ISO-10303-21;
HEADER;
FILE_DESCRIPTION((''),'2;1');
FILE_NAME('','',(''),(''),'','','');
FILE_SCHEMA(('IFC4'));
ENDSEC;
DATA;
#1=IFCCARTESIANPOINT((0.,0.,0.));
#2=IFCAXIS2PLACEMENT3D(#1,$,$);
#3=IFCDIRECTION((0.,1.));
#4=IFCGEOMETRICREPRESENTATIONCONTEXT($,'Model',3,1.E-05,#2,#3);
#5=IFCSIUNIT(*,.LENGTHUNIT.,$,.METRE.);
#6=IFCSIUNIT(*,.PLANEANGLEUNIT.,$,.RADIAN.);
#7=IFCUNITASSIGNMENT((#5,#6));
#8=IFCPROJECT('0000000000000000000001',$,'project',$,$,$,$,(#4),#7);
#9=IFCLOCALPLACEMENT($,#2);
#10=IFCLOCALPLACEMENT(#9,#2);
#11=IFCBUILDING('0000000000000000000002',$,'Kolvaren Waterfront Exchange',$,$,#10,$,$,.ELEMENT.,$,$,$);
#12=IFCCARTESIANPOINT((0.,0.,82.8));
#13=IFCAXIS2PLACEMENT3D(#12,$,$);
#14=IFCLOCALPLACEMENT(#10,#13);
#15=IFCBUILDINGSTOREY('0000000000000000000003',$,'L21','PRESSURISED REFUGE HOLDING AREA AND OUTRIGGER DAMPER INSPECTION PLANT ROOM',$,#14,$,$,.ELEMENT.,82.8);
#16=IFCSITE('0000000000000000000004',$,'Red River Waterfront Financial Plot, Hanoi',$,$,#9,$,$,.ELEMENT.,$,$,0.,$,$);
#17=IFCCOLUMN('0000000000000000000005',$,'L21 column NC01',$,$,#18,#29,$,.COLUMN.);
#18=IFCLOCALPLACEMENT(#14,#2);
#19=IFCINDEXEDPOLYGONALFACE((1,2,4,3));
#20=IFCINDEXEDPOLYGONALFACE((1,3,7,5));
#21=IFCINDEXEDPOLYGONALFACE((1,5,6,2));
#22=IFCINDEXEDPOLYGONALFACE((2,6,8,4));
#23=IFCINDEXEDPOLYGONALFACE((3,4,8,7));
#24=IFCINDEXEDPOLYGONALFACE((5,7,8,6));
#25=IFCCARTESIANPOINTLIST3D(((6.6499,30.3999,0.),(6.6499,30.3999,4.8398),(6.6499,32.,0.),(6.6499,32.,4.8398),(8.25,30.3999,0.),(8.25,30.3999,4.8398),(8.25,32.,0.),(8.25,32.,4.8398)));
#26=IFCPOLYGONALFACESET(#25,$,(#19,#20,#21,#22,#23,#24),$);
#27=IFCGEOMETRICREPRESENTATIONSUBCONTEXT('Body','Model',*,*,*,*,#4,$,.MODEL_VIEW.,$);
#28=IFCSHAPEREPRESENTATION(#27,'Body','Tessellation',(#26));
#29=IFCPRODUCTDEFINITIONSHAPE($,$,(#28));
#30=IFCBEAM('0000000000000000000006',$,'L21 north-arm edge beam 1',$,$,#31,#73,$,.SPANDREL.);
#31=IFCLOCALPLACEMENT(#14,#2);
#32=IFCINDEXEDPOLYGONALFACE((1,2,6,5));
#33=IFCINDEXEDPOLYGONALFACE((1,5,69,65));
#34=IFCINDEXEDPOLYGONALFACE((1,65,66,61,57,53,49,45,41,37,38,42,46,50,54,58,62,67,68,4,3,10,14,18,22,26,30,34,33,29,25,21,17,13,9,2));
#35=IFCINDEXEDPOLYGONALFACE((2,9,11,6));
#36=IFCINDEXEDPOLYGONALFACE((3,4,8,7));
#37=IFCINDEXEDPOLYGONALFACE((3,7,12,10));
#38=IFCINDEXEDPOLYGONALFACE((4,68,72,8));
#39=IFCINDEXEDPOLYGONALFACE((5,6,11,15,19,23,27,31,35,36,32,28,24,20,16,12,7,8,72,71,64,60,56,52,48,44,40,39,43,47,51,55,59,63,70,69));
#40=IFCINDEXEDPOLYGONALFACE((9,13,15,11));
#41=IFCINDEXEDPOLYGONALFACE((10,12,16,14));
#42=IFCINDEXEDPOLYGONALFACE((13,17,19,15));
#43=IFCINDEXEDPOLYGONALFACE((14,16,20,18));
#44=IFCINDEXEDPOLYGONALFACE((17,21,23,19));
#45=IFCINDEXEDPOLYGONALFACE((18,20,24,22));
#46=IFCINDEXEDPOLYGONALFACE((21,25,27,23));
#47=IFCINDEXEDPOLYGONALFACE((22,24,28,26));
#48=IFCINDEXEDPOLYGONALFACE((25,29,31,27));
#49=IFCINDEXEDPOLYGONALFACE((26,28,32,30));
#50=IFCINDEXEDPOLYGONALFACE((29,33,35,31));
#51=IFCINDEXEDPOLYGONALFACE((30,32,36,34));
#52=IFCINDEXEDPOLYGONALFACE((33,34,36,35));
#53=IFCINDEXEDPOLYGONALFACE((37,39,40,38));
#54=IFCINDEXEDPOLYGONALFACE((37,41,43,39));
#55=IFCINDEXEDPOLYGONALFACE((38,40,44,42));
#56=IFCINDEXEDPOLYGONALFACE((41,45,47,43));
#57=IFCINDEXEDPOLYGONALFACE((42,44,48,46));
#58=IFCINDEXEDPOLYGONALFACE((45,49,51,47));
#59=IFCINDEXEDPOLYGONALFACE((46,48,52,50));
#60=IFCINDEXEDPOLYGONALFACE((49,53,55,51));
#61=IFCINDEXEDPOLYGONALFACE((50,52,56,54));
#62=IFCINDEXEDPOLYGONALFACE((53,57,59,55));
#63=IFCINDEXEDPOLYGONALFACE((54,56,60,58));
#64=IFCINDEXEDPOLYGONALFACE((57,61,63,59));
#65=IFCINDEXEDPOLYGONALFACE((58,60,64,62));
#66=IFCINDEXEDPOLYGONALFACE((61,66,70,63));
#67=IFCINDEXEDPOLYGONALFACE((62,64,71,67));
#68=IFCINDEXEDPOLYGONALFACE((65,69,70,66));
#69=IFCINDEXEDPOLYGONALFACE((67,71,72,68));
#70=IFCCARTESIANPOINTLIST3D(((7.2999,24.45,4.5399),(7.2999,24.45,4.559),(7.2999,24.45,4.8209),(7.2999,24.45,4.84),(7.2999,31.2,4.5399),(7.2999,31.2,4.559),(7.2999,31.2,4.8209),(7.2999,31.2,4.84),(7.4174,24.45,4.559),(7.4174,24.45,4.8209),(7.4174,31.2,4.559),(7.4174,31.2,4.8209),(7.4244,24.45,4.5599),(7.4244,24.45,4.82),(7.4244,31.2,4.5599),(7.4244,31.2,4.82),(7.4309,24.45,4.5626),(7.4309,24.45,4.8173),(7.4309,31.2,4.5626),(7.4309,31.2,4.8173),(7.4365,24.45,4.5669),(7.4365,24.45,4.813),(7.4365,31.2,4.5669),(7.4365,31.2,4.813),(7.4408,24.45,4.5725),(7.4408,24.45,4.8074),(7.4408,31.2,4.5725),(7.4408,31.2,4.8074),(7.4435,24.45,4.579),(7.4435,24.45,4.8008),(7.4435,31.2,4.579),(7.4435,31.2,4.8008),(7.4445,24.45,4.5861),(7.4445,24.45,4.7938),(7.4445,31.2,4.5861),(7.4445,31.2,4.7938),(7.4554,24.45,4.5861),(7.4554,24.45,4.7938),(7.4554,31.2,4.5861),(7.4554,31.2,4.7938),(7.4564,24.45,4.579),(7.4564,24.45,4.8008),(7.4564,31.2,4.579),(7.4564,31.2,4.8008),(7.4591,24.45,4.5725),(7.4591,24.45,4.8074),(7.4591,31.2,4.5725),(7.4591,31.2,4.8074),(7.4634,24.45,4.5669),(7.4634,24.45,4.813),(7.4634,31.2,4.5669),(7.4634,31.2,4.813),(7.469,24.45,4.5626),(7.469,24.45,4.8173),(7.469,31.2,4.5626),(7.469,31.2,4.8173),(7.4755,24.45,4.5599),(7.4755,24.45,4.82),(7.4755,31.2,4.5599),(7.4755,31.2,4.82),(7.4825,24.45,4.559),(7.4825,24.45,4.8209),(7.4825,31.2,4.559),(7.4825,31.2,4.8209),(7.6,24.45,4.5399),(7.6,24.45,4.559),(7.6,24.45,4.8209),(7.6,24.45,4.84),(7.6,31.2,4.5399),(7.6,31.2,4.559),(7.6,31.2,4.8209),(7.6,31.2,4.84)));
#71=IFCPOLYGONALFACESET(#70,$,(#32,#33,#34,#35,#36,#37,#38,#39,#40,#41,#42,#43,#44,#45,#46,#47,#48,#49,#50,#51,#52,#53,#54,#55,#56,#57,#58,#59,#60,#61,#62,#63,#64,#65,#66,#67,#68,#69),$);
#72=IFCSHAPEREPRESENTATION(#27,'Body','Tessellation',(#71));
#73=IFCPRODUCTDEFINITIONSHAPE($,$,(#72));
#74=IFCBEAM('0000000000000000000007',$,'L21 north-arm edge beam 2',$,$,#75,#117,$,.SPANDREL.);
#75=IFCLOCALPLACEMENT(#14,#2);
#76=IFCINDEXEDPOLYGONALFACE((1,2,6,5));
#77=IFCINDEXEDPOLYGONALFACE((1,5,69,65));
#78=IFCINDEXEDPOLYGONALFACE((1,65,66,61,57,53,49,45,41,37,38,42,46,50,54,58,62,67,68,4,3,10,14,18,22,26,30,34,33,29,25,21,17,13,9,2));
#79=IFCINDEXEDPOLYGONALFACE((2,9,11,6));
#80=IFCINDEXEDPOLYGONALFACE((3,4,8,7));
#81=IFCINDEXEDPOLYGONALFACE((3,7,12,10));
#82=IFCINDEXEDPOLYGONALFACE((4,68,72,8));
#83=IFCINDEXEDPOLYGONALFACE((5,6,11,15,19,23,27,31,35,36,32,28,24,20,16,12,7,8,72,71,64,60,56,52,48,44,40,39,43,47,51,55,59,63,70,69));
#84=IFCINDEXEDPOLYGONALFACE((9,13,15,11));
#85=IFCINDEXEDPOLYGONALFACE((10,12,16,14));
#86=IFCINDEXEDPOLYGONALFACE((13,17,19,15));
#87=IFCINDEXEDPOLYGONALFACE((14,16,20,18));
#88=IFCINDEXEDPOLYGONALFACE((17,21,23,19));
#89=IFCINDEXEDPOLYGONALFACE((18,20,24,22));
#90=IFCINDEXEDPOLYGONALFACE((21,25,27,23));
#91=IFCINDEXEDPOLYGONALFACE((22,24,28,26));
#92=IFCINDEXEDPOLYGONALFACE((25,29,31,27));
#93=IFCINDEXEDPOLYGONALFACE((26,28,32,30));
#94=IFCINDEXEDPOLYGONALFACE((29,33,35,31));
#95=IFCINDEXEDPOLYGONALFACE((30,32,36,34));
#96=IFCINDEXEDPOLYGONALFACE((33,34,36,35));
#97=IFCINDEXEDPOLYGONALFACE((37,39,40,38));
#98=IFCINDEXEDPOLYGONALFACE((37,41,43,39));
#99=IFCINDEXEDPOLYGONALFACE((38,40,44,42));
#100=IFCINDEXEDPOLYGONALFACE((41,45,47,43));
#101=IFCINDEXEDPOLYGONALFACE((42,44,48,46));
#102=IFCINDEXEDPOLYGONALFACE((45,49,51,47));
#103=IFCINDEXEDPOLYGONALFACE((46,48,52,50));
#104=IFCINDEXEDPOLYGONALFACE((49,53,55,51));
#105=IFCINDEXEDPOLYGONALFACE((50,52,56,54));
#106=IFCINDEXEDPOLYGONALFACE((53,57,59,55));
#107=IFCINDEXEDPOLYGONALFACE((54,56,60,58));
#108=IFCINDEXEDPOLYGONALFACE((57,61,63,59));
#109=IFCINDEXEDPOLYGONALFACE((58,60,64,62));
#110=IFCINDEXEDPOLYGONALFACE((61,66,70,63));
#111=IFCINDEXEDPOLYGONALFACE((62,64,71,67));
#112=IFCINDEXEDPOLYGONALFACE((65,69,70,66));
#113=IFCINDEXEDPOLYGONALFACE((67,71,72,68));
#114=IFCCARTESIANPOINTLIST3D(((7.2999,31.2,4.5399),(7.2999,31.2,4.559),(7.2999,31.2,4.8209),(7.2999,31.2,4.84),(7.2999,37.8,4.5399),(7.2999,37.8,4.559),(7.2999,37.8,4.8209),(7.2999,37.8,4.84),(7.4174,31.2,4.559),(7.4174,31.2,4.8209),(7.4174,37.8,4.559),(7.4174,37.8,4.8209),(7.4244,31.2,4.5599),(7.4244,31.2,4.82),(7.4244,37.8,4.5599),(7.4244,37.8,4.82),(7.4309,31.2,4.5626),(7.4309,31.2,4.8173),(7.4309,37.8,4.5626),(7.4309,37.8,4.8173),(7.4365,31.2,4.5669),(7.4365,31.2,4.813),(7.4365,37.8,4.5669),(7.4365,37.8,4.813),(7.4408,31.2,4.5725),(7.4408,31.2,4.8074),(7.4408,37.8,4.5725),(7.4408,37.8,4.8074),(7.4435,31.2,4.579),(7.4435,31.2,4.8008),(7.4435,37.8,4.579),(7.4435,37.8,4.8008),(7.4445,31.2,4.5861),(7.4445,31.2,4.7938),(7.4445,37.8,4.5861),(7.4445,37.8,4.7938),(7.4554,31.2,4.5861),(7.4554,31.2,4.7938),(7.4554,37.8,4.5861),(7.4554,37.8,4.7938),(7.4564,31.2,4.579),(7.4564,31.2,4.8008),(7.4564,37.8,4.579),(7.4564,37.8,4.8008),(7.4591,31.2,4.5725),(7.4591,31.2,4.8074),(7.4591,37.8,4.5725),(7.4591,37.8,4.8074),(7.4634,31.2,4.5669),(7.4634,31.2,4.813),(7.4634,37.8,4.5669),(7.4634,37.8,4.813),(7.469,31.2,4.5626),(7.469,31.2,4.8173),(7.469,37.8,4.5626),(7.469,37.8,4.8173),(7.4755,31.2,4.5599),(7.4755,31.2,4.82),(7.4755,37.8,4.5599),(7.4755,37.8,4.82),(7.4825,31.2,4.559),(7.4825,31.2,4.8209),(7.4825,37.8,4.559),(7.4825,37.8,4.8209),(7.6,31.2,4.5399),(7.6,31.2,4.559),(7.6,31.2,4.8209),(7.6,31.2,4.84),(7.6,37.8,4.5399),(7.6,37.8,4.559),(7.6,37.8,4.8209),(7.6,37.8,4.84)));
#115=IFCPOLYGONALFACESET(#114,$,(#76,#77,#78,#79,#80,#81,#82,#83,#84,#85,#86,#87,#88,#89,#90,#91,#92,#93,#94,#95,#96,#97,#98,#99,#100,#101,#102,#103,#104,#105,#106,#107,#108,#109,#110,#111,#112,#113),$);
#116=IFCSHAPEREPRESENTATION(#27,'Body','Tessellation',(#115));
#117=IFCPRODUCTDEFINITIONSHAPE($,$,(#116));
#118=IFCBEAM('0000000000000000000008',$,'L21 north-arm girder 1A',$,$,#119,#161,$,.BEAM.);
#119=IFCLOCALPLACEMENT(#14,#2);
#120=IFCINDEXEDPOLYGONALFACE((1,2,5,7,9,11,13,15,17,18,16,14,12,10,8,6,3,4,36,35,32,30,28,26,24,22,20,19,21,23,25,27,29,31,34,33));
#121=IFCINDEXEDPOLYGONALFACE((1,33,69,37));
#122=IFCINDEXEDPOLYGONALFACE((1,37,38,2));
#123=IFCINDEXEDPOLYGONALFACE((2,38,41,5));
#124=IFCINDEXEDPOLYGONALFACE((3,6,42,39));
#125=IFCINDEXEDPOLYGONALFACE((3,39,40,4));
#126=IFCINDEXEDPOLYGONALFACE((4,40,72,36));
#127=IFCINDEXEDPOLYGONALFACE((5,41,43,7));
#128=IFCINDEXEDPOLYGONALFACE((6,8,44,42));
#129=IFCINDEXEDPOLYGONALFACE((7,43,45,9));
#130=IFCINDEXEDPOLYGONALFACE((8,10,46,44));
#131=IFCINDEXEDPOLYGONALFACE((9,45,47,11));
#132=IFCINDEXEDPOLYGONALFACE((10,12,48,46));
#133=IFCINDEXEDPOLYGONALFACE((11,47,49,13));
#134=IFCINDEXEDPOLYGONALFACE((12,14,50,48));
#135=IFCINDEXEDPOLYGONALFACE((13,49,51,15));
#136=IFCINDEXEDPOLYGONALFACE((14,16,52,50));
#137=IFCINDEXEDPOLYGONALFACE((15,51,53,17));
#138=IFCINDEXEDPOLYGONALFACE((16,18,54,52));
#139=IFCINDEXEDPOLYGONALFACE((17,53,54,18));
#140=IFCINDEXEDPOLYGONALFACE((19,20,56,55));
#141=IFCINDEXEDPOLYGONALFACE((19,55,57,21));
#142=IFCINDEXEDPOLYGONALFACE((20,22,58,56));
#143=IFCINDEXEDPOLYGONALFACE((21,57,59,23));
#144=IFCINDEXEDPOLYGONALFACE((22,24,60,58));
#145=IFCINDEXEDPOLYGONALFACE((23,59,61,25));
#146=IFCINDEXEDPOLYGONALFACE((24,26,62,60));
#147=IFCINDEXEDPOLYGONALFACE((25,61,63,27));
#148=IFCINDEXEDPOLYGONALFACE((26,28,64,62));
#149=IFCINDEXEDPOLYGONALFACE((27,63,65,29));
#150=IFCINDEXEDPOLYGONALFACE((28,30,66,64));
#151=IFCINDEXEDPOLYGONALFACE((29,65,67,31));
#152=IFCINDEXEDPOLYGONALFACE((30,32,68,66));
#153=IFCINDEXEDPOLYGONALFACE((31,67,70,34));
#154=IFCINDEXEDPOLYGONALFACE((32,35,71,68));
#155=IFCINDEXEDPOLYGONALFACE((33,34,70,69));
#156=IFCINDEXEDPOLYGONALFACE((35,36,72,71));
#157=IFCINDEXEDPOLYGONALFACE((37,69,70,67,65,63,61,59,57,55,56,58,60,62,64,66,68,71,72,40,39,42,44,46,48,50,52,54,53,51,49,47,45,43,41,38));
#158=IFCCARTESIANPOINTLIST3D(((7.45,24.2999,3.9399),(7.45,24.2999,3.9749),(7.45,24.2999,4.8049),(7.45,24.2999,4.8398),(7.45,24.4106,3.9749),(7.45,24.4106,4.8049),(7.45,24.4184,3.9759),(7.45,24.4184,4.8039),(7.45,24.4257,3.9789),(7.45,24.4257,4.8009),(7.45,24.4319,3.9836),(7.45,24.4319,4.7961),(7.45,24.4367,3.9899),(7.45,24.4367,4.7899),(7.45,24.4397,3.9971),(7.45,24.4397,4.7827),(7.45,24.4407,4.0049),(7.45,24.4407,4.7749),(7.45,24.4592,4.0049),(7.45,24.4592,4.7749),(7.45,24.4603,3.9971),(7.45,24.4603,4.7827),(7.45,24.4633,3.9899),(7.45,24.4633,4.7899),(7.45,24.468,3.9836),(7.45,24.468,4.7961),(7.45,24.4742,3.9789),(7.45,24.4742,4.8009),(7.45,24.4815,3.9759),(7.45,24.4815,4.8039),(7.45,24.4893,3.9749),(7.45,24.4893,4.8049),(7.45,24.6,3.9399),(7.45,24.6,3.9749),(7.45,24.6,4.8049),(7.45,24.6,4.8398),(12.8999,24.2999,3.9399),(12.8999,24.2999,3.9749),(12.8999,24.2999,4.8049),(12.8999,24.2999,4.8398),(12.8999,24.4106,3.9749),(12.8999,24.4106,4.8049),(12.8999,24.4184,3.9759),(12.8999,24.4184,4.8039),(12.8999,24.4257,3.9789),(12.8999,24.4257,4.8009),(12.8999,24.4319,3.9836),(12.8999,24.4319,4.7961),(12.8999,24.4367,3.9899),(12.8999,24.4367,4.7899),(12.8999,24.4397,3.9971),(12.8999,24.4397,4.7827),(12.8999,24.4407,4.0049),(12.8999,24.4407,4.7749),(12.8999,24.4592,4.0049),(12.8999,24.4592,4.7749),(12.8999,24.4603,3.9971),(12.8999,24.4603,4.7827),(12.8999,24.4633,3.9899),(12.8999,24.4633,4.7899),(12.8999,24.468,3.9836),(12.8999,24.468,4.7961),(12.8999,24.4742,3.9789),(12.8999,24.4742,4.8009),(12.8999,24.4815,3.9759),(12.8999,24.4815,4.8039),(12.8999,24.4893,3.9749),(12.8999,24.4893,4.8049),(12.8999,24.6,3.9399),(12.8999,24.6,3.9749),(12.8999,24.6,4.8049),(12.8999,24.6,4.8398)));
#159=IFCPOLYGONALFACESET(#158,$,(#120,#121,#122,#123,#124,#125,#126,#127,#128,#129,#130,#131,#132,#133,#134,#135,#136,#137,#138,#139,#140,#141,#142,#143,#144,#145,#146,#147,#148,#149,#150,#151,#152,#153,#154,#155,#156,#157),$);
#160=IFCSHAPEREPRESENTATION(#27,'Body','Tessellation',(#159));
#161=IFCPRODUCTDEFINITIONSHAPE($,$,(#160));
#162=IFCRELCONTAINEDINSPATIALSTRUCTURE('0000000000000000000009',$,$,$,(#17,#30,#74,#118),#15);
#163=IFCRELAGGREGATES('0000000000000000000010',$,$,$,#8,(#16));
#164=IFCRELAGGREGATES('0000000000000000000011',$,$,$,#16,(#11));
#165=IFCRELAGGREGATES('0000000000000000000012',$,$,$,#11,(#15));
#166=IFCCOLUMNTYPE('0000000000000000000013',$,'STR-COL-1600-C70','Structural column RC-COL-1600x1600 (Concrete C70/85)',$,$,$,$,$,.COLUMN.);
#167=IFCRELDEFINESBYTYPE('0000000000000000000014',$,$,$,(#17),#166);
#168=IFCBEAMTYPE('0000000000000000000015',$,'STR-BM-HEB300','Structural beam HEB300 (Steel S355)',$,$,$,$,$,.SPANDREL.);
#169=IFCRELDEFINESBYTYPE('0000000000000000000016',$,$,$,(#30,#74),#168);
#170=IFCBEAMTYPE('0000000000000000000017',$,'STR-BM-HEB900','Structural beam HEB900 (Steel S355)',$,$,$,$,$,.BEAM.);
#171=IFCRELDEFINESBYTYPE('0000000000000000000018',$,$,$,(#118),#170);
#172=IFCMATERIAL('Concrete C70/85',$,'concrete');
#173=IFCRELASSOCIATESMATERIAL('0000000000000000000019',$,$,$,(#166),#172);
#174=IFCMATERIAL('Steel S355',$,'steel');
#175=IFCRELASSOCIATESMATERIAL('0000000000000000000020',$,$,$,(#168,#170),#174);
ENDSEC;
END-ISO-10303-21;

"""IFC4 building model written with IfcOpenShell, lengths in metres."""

from ifc_helpers import new_model, si_unit, direction, frame, origin, origin_2d, place, context, subcontext, project, spatial, rectangle, i_section, extrude, material, material_profile, profile_set, type_object, element, save


model = new_model("IFC4")

# Units and contexts
model_context = context("Model", 3, precision=1e-05, world=origin(), true_north=direction((0.0, 1.0)))
body_context = subcontext(model_context, "Body", "Model", "MODEL_VIEW")
ifc_project = project(units=[si_unit("LENGTHUNIT", "METRE"), si_unit("PLANEANGLEUNIT", "RADIAN")], contexts=[model_context])

# Site, building, storey
site_placement = place(None, origin())
site = spatial("IfcSite", under=ifc_project, at=site_placement, Name="Red River Waterfront Financial Plot, Hanoi", CompositionType="ELEMENT", RefElevation=0.0)
building_placement = place(site_placement, origin())
building = spatial("IfcBuilding", under=site, at=building_placement, Name="Kolvaren Waterfront Exchange", CompositionType="ELEMENT")
storey_placement = place(building_placement, frame((0.0, 0.0, 82.8)))
storey = spatial("IfcBuildingStorey", under=building, at=storey_placement, Name="L21", Description="PRESSURISED REFUGE HOLDING AREA AND OUTRIGGER DAMPER INSPECTION PLANT ROOM", CompositionType="ELEMENT", Elevation=82.8)

# Column
ifc_material_1 = material(Name="Concrete C70/85", Category="concrete")
ifc_material_profile_1 = material_profile(ifc_material_1, rectangle(XDim=1.6001, YDim=1.6001, at=origin_2d()), Name="RC-COL-1600x1600")
ifc_profile_set_1 = profile_set([ifc_material_profile_1], Name="Concrete C70/85")
column_type = type_object("IfcColumnType", Name="STR-COL-1600-C70", Description="Structural column RC-COL-1600x1600 (Concrete C70/85)", PredefinedType="COLUMN", material=ifc_profile_set_1)
column_placement = place(storey_placement, frame((7.45, 31.2, 0.0), z_axis=(0.0, 0.0, 1.0), x_axis=(1.0, 0.0, 0.0)))
element("IfcColumn", 1, at=column_placement, inside=storey, type_object=column_type, Name="L21 column NC01", PredefinedType="COLUMN", context=body_context, shape_type="SweptSolid", body=[
    extrude(rectangle(XDim=1.6001, YDim=1.6001, at=origin_2d()), origin(), (0.0, 0.0, 1.0), 4.8398),
])

# Beams
ifc_material_2 = material(Name="Steel S355", Category="steel")
ifc_material_profile_2 = material_profile(ifc_material_2, i_section(OverallWidth=0.3, OverallDepth=0.3, WebThickness=0.011, FlangeThickness=0.019, FilletRadius=0.0271, at=origin_2d()), Name="HEB300")
ifc_profile_set_2 = profile_set([ifc_material_profile_2], Name="Steel S355")
beam_type_1 = type_object("IfcBeamType", Name="STR-BM-HEB300", Description="Structural beam HEB300 (Steel S355)", PredefinedType="SPANDREL", material=ifc_profile_set_2)
beam_1_placement = place(storey_placement, frame((7.45, 24.45, 4.6899), z_axis=(0.0, 1.0, 0.0), x_axis=(-1.0, 0.0, 0.0)))
element("IfcBeam", 2, at=beam_1_placement, inside=storey, type_object=beam_type_1, Name="L21 north-arm edge beam 1", PredefinedType="SPANDREL", context=body_context, shape_type="SweptSolid", body=[
    extrude(i_section(OverallWidth=0.3, OverallDepth=0.3, WebThickness=0.011, FlangeThickness=0.019, FilletRadius=0.0271, at=origin_2d()), origin(), (0.0, 0.0, 1.0), 6.75),
])
beam_2_placement = place(storey_placement, frame((7.45, 31.2, 4.6899), z_axis=(0.0, 1.0, 0.0), x_axis=(-1.0, 0.0, 0.0)))
element("IfcBeam", 3, at=beam_2_placement, inside=storey, type_object=beam_type_1, Name="L21 north-arm edge beam 2", PredefinedType="SPANDREL", context=body_context, shape_type="SweptSolid", body=[
    extrude(i_section(OverallWidth=0.3, OverallDepth=0.3, WebThickness=0.011, FlangeThickness=0.019, FilletRadius=0.0271, at=origin_2d()), origin(), (0.0, 0.0, 1.0), 6.6001),
])
ifc_material_profile_3 = material_profile(ifc_material_2, i_section(OverallWidth=0.3, OverallDepth=0.8999, WebThickness=0.0186, FlangeThickness=0.0349, FilletRadius=0.03, at=origin_2d()), Name="HEB900")
ifc_profile_set_3 = profile_set([ifc_material_profile_3], Name="Steel S355")
beam_type_2 = type_object("IfcBeamType", Name="STR-BM-HEB900", Description="Structural beam HEB900 (Steel S355)", PredefinedType="BEAM", material=ifc_profile_set_3)
for number, where, z_axis, x_axis, name in (
    (4, (7.45, 24.45, 4.3899), (1.0, 0.0, 0.0), (0.0, 1.0, 0.0), "L21 north-arm girder 1A"),
):
    element("IfcBeam", number, at=place(storey_placement, frame(where, z_axis=z_axis, x_axis=x_axis)), inside=storey, type_object=beam_type_2, Name=name, PredefinedType="BEAM", context=body_context, shape_type="SweptSolid", body=[
        extrude(i_section(OverallWidth=0.3, OverallDepth=0.8999, WebThickness=0.0186, FlangeThickness=0.0349, FilletRadius=0.03, at=origin_2d()), origin(), (0.0, 0.0, 1.0), 5.45),
    ])

save(model, "model.ifc")
